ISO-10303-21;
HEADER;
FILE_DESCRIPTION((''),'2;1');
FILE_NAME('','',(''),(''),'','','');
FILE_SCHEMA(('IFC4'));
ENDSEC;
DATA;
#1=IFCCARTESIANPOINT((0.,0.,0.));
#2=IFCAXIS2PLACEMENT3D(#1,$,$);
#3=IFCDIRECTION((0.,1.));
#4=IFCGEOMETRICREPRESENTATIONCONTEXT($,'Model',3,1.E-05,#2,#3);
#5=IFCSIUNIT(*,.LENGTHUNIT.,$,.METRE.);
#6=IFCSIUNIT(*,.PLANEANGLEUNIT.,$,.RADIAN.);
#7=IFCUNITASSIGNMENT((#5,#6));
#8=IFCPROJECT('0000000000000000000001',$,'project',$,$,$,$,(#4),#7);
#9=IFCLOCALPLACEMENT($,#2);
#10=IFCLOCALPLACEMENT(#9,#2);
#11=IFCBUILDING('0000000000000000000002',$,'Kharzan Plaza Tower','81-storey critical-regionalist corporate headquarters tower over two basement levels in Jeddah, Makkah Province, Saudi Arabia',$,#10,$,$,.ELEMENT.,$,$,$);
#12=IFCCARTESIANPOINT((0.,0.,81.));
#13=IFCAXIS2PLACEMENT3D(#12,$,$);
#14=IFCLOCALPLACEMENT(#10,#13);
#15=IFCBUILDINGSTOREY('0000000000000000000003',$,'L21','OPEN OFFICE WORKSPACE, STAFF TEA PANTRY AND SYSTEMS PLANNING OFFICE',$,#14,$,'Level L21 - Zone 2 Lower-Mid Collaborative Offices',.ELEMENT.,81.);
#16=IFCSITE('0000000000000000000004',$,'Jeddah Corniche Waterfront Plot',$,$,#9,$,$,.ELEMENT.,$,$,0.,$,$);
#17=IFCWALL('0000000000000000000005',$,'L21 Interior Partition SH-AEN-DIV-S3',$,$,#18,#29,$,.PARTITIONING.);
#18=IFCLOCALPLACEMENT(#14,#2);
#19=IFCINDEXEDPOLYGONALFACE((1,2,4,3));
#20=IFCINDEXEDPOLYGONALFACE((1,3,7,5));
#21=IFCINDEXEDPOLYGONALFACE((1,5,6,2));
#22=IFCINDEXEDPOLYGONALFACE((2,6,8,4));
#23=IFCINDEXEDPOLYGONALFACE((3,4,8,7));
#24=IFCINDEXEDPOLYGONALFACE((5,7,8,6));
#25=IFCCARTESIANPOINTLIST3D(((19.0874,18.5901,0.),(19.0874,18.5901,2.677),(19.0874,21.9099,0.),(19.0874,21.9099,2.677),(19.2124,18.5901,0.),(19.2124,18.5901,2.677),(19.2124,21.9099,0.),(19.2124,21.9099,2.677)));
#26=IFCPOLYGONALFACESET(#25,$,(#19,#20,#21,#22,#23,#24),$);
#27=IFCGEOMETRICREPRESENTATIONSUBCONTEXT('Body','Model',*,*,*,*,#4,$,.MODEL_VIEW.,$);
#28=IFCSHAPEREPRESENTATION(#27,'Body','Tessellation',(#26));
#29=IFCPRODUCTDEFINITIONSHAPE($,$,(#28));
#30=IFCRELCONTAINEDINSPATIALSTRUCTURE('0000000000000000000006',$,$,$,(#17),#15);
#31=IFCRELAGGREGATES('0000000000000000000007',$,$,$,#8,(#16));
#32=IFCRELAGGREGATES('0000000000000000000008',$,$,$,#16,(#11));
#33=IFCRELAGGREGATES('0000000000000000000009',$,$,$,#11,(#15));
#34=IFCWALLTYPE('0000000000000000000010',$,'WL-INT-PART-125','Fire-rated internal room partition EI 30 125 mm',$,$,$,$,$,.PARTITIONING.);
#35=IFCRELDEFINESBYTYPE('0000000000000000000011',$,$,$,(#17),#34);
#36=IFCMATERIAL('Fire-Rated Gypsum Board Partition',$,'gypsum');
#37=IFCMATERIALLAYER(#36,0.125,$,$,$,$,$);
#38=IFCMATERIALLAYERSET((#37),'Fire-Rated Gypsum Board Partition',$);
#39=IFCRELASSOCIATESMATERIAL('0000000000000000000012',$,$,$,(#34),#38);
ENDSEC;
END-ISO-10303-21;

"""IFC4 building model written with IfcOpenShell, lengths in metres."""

from ifc_helpers import new_model, si_unit, direction, frame, frame_2d, origin, place, context, subcontext, project, spatial, rectangle, extrude, source, transform, mapped, material, layer, layer_set, type_object, element, save


model = new_model("IFC4")

# Units and contexts
model_context = context("Model", 3, precision=1e-05, world=origin(), true_north=direction((0.0, 1.0)))
body_context = subcontext(model_context, "Body", "Model", "MODEL_VIEW")
ifc_project = project(units=[si_unit("LENGTHUNIT", "METRE"), si_unit("PLANEANGLEUNIT", "RADIAN")], contexts=[model_context])

# Site, building, storey
site_placement = place(None, origin())
site = spatial("IfcSite", under=ifc_project, at=site_placement, Name="Jeddah Corniche Waterfront Plot", CompositionType="ELEMENT", RefElevation=0.0)
building_placement = place(site_placement, origin())
building = spatial("IfcBuilding", under=site, at=building_placement, Name="Kharzan Plaza Tower", Description="81-storey critical-regionalist corporate headquarters tower over two basement levels in Jeddah, Makkah Province, Saudi Arabia", CompositionType="ELEMENT")
storey_placement = place(building_placement, frame((0.0, 0.0, 81.0)))
storey = spatial("IfcBuildingStorey", under=building, at=storey_placement, Name="L21", Description="OPEN OFFICE WORKSPACE, STAFF TEA PANTRY AND SYSTEMS PLANNING OFFICE", LongName="Level L21 - Zone 2 Lower-Mid Collaborative Offices", CompositionType="ELEMENT", Elevation=81.0)

# Wall
ifc_material_1 = material(Name="Fire-Rated Gypsum Board Partition", Category="gypsum")
ifc_layer_1 = layer(ifc_material_1, 0.125)
ifc_layer_set_1 = layer_set([ifc_layer_1], Name="Fire-Rated Gypsum Board Partition")
wall_type_1 = type_object("IfcWallType", Name="WL-INT-PART-125", Description="Fire-rated internal room partition EI 30 125 mm", PredefinedType="PARTITIONING", material=ifc_layer_set_1)
shared_shape_1 = source(origin(), body_context, "Body", "SweptSolid", [
    extrude(rectangle(XDim=3.3198, YDim=0.125, at=frame_2d((1.6599, 0.0))), origin(), (0.0, 0.0, 1.0), 2.677),
])
wall_1_placement = place(storey_placement, frame((19.1499, 18.5901, 0.0), z_axis=(0.0, 0.0, 1.0), x_axis=(0.0, 1.0, 0.0)))
element("IfcWall", 1, at=wall_1_placement, inside=storey, type_object=wall_type_1, Name="L21 Interior Partition SH-AEN-DIV-S3", PredefinedType="PARTITIONING", context=body_context, shape_type="MappedRepresentation", body=[
    mapped(shared_shape_1, transform((0.0, 0.0, 0.0), x_axis=(1.0, 0.0, 0.0), y_axis=(0.0, 1.0, 0.0), z_axis=(0.0, 0.0, 1.0))),
])

save(model, "model.ifc")
